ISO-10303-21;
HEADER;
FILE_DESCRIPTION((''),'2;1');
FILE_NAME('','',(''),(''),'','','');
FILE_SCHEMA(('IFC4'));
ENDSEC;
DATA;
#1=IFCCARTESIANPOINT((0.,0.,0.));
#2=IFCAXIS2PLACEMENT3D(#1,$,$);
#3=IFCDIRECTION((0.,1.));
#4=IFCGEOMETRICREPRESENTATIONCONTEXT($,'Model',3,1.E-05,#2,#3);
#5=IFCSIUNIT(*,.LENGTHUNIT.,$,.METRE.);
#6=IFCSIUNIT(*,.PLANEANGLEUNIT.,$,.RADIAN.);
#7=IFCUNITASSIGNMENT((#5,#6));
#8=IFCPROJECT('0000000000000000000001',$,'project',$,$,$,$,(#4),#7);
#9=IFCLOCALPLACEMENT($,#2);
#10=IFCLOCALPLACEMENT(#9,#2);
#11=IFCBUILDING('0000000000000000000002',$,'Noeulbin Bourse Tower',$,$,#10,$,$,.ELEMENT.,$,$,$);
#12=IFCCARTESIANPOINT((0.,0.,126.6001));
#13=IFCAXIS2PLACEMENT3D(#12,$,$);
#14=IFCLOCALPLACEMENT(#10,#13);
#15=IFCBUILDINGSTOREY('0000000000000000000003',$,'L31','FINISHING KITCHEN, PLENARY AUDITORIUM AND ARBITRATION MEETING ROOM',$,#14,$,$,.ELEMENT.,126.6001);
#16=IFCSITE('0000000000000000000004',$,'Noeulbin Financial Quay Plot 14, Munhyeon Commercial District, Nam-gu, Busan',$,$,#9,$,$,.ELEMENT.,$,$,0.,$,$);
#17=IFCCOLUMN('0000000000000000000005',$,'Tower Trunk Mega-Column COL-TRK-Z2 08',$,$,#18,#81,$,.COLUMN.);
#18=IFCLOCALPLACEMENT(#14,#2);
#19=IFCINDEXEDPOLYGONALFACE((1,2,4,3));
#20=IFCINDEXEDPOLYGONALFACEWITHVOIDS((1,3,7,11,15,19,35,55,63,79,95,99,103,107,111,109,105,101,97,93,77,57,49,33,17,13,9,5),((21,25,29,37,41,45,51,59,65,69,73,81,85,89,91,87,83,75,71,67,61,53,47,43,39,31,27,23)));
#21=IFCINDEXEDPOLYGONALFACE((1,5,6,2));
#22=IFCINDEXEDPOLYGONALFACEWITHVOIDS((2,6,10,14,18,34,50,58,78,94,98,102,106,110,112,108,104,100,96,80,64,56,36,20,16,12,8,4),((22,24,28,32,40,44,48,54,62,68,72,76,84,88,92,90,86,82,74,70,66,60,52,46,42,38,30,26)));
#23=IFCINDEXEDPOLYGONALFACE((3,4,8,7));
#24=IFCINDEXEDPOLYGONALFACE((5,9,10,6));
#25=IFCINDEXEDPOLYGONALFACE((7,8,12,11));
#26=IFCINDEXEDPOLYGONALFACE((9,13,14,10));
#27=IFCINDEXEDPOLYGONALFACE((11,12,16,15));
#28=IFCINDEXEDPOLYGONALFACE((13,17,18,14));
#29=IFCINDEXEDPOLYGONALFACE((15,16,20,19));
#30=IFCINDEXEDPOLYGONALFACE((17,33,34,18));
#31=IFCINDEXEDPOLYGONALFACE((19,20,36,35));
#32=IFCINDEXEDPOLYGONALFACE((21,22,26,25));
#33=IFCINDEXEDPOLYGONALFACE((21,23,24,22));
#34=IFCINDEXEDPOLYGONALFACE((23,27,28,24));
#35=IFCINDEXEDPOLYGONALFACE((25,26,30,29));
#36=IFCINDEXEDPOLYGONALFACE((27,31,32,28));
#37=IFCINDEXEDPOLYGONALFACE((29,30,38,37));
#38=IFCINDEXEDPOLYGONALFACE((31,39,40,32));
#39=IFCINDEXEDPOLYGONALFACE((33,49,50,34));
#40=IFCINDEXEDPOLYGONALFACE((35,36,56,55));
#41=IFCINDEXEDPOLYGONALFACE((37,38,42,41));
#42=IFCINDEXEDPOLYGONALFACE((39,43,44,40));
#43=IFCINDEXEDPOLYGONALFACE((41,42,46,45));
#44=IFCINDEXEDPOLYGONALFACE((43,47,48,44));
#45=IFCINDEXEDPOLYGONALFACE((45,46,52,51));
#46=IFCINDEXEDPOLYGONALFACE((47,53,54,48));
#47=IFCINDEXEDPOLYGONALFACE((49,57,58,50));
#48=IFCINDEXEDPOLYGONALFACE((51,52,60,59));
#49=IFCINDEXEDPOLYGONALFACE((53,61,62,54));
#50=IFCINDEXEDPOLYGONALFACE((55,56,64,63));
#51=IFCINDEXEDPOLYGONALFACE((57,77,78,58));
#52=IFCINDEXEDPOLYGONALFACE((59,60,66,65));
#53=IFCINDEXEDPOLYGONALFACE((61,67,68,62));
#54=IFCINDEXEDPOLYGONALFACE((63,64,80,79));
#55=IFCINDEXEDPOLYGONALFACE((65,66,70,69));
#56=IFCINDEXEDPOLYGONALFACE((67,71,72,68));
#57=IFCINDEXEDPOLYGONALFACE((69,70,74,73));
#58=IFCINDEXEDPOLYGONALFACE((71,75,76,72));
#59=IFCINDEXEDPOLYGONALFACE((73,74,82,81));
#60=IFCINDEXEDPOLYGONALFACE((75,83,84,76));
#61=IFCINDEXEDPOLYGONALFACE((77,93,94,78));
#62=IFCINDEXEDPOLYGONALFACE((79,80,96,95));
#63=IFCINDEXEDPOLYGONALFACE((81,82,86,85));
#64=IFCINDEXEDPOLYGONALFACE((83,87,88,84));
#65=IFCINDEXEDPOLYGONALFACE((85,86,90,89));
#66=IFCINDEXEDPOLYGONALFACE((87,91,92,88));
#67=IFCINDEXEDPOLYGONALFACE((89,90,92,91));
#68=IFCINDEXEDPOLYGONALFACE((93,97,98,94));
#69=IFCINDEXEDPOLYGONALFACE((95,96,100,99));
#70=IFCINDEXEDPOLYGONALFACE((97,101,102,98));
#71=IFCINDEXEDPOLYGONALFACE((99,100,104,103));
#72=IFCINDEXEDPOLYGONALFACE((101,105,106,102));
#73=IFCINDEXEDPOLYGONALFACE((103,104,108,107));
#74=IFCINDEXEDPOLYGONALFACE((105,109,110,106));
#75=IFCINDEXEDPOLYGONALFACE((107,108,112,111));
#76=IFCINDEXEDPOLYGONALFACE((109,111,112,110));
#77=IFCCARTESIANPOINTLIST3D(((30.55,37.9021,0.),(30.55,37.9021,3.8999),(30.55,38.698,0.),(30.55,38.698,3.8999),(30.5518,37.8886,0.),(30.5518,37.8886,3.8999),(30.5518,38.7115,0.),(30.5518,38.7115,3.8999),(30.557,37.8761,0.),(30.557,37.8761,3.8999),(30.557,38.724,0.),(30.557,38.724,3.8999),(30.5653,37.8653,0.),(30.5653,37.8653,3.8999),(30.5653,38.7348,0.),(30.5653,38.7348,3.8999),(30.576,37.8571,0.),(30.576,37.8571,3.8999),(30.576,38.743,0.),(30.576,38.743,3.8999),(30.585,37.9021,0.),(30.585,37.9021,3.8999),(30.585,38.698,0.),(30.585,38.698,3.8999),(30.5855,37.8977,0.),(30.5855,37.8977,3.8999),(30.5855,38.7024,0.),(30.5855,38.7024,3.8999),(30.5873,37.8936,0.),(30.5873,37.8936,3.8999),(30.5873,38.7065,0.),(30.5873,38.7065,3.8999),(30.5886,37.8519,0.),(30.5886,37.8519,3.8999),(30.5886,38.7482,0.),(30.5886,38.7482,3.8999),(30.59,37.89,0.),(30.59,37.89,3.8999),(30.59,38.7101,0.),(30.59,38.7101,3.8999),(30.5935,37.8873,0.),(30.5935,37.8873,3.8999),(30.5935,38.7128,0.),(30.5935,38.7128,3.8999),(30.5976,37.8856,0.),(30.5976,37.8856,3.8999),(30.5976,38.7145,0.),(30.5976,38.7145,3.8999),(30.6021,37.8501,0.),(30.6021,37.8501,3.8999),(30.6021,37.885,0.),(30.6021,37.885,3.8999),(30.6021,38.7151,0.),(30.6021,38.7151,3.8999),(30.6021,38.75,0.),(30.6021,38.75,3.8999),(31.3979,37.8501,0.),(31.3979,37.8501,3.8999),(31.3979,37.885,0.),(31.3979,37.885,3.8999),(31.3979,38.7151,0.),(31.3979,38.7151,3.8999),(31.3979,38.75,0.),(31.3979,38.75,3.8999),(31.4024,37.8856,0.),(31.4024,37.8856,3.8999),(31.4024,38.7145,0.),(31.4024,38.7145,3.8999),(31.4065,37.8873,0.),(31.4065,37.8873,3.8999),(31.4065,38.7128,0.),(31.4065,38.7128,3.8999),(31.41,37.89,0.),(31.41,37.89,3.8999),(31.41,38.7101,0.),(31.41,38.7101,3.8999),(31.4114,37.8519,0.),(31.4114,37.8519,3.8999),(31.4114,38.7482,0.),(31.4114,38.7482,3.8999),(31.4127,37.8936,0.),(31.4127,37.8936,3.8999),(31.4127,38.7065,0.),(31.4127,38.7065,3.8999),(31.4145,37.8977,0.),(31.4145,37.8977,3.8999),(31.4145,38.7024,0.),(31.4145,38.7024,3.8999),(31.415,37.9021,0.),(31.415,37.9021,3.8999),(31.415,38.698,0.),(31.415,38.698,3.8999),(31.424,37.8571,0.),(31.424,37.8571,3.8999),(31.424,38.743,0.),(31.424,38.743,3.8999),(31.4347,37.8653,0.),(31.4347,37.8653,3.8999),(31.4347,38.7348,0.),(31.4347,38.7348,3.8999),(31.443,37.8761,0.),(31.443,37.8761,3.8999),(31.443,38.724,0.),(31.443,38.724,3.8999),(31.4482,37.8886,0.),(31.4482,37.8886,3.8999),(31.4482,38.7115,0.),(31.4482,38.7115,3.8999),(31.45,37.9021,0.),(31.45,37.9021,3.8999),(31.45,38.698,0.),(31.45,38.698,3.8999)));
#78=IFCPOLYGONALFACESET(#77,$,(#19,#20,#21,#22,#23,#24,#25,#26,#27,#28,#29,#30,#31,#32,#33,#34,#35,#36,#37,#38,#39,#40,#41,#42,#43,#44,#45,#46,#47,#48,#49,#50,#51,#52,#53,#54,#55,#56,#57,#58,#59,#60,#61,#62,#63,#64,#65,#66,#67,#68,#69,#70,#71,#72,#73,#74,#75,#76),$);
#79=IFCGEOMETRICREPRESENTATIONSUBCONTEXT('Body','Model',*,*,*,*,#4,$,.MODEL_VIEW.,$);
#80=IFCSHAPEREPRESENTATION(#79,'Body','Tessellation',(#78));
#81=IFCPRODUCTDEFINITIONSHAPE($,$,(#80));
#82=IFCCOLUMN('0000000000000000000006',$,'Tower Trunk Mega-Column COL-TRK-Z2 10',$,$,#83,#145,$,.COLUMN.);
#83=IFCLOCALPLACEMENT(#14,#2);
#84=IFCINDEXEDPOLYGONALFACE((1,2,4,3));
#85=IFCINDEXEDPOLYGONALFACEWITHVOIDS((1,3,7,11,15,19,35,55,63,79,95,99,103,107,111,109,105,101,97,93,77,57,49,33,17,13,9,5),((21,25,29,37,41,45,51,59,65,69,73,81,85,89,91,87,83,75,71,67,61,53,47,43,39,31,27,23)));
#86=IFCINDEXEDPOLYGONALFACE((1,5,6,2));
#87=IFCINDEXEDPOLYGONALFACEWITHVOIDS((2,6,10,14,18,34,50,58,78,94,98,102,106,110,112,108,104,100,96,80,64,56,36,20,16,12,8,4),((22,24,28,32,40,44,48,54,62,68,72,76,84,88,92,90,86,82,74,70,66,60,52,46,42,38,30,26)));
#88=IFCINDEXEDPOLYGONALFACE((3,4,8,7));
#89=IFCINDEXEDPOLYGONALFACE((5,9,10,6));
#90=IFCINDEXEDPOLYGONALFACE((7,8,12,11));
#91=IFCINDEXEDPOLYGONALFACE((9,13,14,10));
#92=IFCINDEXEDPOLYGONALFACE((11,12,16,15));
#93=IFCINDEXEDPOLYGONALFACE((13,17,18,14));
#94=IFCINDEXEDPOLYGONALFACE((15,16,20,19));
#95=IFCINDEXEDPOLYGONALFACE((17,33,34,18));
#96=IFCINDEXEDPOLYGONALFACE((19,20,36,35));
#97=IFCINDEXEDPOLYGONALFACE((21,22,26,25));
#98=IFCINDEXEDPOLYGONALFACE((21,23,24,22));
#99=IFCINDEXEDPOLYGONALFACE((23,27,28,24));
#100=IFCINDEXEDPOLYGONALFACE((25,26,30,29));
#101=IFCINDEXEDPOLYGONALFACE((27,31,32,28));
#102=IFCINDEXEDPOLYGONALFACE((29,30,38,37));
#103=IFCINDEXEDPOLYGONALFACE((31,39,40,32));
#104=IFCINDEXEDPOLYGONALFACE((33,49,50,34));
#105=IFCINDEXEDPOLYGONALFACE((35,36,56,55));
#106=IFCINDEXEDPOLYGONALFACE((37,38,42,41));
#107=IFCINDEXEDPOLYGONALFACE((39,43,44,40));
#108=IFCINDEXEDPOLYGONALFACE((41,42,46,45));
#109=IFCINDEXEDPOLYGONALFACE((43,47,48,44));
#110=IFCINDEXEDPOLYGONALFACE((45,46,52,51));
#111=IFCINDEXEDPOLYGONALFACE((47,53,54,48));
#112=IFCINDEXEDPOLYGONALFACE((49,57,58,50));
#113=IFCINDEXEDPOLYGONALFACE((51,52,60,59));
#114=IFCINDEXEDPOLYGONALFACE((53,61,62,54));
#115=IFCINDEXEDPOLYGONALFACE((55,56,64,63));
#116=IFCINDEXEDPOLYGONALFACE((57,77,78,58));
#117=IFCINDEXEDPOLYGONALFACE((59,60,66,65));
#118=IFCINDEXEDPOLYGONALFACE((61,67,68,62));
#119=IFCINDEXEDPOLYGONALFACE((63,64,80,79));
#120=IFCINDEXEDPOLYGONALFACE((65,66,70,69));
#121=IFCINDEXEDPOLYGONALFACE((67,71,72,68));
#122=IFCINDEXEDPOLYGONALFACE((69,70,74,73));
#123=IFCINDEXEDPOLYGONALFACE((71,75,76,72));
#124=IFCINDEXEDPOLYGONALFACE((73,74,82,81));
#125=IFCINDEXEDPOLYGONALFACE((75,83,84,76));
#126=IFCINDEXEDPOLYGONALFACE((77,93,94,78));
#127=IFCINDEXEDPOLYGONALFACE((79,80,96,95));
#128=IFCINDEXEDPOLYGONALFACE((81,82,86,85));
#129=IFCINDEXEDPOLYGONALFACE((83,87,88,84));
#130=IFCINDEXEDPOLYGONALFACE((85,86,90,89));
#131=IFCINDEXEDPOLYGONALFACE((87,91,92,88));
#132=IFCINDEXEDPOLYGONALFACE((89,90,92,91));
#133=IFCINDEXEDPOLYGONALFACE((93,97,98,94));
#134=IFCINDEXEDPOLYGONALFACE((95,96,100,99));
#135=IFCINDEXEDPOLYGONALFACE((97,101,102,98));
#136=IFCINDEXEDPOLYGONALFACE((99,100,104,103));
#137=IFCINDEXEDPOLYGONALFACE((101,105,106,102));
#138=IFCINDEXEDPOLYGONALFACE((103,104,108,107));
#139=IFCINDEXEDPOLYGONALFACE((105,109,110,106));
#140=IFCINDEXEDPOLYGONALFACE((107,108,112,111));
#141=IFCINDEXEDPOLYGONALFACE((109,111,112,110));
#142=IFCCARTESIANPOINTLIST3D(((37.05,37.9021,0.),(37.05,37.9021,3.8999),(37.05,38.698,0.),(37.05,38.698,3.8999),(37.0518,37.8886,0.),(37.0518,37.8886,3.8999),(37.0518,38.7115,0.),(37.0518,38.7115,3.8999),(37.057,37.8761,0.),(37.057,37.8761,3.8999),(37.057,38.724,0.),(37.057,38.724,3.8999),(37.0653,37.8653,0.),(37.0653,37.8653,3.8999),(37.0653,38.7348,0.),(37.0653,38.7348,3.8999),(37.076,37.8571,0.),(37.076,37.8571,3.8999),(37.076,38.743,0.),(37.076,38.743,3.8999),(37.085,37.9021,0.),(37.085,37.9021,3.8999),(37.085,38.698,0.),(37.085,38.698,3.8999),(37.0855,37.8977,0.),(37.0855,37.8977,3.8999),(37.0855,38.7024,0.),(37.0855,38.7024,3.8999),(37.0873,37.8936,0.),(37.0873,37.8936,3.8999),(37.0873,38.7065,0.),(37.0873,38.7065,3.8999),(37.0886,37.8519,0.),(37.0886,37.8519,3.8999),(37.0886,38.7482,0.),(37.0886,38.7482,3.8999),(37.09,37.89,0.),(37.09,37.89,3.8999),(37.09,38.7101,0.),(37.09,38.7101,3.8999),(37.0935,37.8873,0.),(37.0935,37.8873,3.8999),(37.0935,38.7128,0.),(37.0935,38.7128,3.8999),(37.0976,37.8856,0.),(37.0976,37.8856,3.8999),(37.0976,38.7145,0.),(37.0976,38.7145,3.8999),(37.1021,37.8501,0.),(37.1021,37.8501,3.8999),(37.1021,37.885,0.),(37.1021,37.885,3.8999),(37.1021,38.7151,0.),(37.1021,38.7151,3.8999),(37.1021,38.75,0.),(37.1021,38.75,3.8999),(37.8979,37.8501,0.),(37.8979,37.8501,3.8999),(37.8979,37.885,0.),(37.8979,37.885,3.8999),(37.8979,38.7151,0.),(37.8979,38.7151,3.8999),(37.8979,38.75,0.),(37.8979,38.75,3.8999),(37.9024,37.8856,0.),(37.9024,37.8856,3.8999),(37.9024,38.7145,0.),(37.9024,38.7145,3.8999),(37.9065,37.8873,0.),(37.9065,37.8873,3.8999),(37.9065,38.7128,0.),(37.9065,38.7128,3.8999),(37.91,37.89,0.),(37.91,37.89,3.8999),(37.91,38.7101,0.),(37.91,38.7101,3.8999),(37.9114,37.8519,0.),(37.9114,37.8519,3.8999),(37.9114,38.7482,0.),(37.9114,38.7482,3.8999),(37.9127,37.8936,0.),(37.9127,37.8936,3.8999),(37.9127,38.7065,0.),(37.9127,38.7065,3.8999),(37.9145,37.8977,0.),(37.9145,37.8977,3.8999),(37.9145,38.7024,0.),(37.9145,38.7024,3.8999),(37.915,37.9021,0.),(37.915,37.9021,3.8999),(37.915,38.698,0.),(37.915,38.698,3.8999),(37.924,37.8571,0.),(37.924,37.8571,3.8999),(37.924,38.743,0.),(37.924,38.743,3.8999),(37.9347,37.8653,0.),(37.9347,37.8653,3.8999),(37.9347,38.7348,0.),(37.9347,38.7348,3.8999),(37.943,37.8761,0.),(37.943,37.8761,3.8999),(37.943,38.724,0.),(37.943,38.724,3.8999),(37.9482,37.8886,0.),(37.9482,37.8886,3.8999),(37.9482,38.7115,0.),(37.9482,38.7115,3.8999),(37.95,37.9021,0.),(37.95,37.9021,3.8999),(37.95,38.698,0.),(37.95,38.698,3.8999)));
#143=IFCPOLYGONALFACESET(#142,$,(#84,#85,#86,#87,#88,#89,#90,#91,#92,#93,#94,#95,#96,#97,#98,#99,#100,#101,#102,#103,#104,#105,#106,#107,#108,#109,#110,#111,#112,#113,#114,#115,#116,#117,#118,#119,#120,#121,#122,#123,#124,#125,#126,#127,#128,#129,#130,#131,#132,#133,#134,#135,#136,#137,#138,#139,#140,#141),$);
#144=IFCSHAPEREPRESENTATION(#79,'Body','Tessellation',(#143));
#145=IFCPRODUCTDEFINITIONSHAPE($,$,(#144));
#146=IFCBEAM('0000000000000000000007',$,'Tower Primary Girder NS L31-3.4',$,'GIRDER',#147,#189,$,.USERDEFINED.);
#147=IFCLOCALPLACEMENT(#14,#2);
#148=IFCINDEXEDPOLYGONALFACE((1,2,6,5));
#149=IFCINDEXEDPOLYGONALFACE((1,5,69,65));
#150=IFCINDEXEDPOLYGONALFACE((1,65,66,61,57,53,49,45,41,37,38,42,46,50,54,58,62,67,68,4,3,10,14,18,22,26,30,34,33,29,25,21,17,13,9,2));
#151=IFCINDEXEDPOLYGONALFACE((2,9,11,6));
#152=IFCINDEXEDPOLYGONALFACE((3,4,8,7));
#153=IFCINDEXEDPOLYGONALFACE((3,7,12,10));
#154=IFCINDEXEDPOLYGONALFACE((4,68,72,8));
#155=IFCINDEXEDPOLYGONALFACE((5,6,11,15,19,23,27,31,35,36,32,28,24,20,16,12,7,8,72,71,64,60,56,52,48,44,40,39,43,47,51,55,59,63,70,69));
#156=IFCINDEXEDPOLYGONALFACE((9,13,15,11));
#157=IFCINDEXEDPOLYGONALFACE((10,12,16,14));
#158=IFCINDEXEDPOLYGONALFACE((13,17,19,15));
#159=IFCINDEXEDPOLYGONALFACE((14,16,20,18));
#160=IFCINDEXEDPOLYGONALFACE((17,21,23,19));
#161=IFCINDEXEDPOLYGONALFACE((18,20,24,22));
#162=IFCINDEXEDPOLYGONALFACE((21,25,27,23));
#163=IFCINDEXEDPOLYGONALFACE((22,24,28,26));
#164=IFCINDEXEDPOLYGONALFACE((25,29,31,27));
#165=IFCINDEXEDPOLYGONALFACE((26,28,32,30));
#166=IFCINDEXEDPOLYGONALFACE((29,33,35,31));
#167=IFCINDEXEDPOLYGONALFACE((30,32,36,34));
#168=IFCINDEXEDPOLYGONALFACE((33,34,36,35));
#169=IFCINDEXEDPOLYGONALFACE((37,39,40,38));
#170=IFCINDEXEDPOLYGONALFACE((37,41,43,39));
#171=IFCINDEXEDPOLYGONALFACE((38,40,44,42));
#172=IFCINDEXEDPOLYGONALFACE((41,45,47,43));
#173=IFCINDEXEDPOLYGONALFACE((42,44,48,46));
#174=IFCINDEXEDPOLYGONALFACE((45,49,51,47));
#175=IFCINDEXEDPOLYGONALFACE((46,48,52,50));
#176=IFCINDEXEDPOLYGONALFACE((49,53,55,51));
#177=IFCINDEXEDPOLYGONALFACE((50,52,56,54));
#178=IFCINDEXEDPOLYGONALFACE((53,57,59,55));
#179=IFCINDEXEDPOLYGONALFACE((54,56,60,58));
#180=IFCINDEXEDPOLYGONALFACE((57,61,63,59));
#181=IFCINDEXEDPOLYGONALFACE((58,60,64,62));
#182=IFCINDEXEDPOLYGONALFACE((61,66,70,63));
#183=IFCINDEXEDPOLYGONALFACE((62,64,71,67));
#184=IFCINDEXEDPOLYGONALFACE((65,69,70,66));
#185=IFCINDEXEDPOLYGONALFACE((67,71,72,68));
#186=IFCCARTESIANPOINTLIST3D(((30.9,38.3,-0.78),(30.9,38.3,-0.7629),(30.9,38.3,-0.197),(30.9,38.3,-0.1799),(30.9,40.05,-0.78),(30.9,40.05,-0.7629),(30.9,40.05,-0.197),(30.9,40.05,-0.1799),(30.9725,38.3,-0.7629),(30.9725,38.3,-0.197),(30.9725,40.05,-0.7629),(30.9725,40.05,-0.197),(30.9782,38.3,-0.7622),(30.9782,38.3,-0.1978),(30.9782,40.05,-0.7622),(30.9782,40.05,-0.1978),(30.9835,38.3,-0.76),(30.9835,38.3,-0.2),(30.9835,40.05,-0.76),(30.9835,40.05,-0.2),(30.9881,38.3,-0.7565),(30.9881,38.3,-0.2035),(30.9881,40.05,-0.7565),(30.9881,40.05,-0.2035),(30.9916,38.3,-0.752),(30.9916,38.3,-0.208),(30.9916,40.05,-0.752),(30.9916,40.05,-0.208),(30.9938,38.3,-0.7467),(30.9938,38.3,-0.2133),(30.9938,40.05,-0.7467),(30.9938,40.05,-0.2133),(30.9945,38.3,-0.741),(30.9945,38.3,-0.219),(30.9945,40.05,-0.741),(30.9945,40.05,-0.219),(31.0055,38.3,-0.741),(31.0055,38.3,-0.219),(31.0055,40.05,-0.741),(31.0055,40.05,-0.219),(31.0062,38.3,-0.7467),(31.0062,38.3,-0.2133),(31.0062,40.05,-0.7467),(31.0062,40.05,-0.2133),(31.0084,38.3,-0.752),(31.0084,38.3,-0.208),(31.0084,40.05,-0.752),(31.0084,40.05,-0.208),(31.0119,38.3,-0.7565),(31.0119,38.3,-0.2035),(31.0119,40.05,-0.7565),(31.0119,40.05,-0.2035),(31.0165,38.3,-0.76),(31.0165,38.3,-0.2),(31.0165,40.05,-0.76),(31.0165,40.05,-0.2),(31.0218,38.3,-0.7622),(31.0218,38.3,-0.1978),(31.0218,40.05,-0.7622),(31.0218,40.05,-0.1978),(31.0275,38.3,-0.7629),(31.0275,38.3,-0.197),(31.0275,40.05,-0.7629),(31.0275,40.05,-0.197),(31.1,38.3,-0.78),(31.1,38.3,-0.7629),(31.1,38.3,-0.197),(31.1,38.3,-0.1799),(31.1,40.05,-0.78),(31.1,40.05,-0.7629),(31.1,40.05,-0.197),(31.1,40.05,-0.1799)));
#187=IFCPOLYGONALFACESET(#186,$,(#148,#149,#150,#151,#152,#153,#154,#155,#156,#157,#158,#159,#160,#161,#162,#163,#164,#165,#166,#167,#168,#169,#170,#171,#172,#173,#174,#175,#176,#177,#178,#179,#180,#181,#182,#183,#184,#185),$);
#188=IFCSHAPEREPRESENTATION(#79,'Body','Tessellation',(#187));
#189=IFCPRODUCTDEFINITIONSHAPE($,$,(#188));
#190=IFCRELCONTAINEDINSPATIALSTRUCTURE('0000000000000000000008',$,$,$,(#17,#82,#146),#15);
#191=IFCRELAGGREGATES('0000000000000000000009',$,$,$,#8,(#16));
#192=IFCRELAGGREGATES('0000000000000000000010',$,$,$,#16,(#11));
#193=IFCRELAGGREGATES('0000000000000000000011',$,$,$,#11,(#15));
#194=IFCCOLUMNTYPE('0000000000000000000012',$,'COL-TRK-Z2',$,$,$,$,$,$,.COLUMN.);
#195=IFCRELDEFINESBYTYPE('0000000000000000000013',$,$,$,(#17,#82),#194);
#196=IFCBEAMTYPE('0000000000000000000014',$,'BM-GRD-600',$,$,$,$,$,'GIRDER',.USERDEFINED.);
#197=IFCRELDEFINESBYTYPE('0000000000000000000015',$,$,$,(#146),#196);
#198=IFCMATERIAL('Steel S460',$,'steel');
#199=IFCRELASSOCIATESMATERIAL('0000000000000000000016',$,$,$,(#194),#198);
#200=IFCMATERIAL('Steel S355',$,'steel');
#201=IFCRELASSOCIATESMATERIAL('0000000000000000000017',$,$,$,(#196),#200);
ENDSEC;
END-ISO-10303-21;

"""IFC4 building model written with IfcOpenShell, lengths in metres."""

from ifc_helpers import new_model, si_unit, direction, frame, origin, origin_2d, place, context, subcontext, project, spatial, hollow_rectangle, i_section, extrude, material, material_profile, profile_set, type_object, element, save


model = new_model("IFC4")

# Units and contexts
model_context = context("Model", 3, precision=1e-05, world=origin(), true_north=direction((0.0, 1.0)))
body_context = subcontext(model_context, "Body", "Model", "MODEL_VIEW")
ifc_project = project(units=[si_unit("LENGTHUNIT", "METRE"), si_unit("PLANEANGLEUNIT", "RADIAN")], contexts=[model_context])

# Site, building, storey
site_placement = place(None, origin())
site = spatial("IfcSite", under=ifc_project, at=site_placement, Name="Noeulbin Financial Quay Plot 14, Munhyeon Commercial District, Nam-gu, Busan", CompositionType="ELEMENT", RefElevation=0.0)
building_placement = place(site_placement, origin())
building = spatial("IfcBuilding", under=site, at=building_placement, Name="Noeulbin Bourse Tower", CompositionType="ELEMENT")
storey_placement = place(building_placement, frame((0.0, 0.0, 126.6001)))
storey = spatial("IfcBuildingStorey", under=building, at=storey_placement, Name="L31", Description="FINISHING KITCHEN, PLENARY AUDITORIUM AND ARBITRATION MEETING ROOM", CompositionType="ELEMENT", Elevation=126.6001)

# Columns
ifc_material_1 = material(Name="Steel S460", Category="steel")
ifc_material_profile_1 = material_profile(ifc_material_1, hollow_rectangle(XDim=0.8999, YDim=0.8999, WallThickness=0.0349, InnerFilletRadius=0.0171, OuterFilletRadius=0.052, at=origin_2d()), Name="BOX-900x900x35", Category="LoadBearing")
ifc_profile_set_1 = profile_set([ifc_material_profile_1], Name="Steel S460")
column_type = type_object("IfcColumnType", Name="COL-TRK-Z2", PredefinedType="COLUMN", material=ifc_profile_set_1)
for number, where, z_axis, x_axis, name in (
    (1, (31.0, 38.3, 0.0), (0.0, 0.0, 1.0), (1.0, 0.0, 0.0), "Tower Trunk Mega-Column COL-TRK-Z2 08"),
    (2, (37.5, 38.3, 0.0), (0.0, 0.0, 1.0), (1.0, 0.0, 0.0), "Tower Trunk Mega-Column COL-TRK-Z2 10"),
):
    element("IfcColumn", number, at=place(storey_placement, frame(where, z_axis=z_axis, x_axis=x_axis)), inside=storey, type_object=column_type, Name=name, PredefinedType="COLUMN", context=body_context, shape_type="SweptSolid", body=[
        extrude(hollow_rectangle(XDim=0.8999, YDim=0.8999, WallThickness=0.0349, InnerFilletRadius=0.0171, OuterFilletRadius=0.052, at=origin_2d()), origin(), (0.0, 0.0, 1.0), 3.8999),
    ])

# Beam
ifc_material_2 = material(Name="Steel S355", Category="steel")
ifc_material_profile_2 = material_profile(ifc_material_2, i_section(OverallWidth=0.2, OverallDepth=0.6001, WebThickness=0.011, FlangeThickness=0.0171, FilletRadius=0.022, at=origin_2d()), Name="H-600x200x11x17", Category="LoadBearing")
ifc_profile_set_2 = profile_set([ifc_material_profile_2], Name="Steel S355")
beam_type = type_object("IfcBeamType", Name="BM-GRD-600", ElementType="GIRDER", PredefinedType="USERDEFINED", material=ifc_profile_set_2)
for number, where, z_axis, x_axis, name in (
    (3, (31.0, 38.3, -0.48), (0.0, 1.0, 0.0), (-1.0, 0.0, 0.0), "Tower Primary Girder NS L31-3.4"),
):
    element("IfcBeam", number, at=place(storey_placement, frame(where, z_axis=z_axis, x_axis=x_axis)), inside=storey, type_object=beam_type, Name=name, ObjectType="GIRDER", PredefinedType="USERDEFINED", context=body_context, shape_type="SweptSolid", body=[
        extrude(i_section(OverallWidth=0.2, OverallDepth=0.6001, WebThickness=0.011, FlangeThickness=0.0171, FilletRadius=0.022, at=origin_2d()), origin(), (0.0, 0.0, 1.0), 1.75),
    ])

save(model, "model.ifc")
